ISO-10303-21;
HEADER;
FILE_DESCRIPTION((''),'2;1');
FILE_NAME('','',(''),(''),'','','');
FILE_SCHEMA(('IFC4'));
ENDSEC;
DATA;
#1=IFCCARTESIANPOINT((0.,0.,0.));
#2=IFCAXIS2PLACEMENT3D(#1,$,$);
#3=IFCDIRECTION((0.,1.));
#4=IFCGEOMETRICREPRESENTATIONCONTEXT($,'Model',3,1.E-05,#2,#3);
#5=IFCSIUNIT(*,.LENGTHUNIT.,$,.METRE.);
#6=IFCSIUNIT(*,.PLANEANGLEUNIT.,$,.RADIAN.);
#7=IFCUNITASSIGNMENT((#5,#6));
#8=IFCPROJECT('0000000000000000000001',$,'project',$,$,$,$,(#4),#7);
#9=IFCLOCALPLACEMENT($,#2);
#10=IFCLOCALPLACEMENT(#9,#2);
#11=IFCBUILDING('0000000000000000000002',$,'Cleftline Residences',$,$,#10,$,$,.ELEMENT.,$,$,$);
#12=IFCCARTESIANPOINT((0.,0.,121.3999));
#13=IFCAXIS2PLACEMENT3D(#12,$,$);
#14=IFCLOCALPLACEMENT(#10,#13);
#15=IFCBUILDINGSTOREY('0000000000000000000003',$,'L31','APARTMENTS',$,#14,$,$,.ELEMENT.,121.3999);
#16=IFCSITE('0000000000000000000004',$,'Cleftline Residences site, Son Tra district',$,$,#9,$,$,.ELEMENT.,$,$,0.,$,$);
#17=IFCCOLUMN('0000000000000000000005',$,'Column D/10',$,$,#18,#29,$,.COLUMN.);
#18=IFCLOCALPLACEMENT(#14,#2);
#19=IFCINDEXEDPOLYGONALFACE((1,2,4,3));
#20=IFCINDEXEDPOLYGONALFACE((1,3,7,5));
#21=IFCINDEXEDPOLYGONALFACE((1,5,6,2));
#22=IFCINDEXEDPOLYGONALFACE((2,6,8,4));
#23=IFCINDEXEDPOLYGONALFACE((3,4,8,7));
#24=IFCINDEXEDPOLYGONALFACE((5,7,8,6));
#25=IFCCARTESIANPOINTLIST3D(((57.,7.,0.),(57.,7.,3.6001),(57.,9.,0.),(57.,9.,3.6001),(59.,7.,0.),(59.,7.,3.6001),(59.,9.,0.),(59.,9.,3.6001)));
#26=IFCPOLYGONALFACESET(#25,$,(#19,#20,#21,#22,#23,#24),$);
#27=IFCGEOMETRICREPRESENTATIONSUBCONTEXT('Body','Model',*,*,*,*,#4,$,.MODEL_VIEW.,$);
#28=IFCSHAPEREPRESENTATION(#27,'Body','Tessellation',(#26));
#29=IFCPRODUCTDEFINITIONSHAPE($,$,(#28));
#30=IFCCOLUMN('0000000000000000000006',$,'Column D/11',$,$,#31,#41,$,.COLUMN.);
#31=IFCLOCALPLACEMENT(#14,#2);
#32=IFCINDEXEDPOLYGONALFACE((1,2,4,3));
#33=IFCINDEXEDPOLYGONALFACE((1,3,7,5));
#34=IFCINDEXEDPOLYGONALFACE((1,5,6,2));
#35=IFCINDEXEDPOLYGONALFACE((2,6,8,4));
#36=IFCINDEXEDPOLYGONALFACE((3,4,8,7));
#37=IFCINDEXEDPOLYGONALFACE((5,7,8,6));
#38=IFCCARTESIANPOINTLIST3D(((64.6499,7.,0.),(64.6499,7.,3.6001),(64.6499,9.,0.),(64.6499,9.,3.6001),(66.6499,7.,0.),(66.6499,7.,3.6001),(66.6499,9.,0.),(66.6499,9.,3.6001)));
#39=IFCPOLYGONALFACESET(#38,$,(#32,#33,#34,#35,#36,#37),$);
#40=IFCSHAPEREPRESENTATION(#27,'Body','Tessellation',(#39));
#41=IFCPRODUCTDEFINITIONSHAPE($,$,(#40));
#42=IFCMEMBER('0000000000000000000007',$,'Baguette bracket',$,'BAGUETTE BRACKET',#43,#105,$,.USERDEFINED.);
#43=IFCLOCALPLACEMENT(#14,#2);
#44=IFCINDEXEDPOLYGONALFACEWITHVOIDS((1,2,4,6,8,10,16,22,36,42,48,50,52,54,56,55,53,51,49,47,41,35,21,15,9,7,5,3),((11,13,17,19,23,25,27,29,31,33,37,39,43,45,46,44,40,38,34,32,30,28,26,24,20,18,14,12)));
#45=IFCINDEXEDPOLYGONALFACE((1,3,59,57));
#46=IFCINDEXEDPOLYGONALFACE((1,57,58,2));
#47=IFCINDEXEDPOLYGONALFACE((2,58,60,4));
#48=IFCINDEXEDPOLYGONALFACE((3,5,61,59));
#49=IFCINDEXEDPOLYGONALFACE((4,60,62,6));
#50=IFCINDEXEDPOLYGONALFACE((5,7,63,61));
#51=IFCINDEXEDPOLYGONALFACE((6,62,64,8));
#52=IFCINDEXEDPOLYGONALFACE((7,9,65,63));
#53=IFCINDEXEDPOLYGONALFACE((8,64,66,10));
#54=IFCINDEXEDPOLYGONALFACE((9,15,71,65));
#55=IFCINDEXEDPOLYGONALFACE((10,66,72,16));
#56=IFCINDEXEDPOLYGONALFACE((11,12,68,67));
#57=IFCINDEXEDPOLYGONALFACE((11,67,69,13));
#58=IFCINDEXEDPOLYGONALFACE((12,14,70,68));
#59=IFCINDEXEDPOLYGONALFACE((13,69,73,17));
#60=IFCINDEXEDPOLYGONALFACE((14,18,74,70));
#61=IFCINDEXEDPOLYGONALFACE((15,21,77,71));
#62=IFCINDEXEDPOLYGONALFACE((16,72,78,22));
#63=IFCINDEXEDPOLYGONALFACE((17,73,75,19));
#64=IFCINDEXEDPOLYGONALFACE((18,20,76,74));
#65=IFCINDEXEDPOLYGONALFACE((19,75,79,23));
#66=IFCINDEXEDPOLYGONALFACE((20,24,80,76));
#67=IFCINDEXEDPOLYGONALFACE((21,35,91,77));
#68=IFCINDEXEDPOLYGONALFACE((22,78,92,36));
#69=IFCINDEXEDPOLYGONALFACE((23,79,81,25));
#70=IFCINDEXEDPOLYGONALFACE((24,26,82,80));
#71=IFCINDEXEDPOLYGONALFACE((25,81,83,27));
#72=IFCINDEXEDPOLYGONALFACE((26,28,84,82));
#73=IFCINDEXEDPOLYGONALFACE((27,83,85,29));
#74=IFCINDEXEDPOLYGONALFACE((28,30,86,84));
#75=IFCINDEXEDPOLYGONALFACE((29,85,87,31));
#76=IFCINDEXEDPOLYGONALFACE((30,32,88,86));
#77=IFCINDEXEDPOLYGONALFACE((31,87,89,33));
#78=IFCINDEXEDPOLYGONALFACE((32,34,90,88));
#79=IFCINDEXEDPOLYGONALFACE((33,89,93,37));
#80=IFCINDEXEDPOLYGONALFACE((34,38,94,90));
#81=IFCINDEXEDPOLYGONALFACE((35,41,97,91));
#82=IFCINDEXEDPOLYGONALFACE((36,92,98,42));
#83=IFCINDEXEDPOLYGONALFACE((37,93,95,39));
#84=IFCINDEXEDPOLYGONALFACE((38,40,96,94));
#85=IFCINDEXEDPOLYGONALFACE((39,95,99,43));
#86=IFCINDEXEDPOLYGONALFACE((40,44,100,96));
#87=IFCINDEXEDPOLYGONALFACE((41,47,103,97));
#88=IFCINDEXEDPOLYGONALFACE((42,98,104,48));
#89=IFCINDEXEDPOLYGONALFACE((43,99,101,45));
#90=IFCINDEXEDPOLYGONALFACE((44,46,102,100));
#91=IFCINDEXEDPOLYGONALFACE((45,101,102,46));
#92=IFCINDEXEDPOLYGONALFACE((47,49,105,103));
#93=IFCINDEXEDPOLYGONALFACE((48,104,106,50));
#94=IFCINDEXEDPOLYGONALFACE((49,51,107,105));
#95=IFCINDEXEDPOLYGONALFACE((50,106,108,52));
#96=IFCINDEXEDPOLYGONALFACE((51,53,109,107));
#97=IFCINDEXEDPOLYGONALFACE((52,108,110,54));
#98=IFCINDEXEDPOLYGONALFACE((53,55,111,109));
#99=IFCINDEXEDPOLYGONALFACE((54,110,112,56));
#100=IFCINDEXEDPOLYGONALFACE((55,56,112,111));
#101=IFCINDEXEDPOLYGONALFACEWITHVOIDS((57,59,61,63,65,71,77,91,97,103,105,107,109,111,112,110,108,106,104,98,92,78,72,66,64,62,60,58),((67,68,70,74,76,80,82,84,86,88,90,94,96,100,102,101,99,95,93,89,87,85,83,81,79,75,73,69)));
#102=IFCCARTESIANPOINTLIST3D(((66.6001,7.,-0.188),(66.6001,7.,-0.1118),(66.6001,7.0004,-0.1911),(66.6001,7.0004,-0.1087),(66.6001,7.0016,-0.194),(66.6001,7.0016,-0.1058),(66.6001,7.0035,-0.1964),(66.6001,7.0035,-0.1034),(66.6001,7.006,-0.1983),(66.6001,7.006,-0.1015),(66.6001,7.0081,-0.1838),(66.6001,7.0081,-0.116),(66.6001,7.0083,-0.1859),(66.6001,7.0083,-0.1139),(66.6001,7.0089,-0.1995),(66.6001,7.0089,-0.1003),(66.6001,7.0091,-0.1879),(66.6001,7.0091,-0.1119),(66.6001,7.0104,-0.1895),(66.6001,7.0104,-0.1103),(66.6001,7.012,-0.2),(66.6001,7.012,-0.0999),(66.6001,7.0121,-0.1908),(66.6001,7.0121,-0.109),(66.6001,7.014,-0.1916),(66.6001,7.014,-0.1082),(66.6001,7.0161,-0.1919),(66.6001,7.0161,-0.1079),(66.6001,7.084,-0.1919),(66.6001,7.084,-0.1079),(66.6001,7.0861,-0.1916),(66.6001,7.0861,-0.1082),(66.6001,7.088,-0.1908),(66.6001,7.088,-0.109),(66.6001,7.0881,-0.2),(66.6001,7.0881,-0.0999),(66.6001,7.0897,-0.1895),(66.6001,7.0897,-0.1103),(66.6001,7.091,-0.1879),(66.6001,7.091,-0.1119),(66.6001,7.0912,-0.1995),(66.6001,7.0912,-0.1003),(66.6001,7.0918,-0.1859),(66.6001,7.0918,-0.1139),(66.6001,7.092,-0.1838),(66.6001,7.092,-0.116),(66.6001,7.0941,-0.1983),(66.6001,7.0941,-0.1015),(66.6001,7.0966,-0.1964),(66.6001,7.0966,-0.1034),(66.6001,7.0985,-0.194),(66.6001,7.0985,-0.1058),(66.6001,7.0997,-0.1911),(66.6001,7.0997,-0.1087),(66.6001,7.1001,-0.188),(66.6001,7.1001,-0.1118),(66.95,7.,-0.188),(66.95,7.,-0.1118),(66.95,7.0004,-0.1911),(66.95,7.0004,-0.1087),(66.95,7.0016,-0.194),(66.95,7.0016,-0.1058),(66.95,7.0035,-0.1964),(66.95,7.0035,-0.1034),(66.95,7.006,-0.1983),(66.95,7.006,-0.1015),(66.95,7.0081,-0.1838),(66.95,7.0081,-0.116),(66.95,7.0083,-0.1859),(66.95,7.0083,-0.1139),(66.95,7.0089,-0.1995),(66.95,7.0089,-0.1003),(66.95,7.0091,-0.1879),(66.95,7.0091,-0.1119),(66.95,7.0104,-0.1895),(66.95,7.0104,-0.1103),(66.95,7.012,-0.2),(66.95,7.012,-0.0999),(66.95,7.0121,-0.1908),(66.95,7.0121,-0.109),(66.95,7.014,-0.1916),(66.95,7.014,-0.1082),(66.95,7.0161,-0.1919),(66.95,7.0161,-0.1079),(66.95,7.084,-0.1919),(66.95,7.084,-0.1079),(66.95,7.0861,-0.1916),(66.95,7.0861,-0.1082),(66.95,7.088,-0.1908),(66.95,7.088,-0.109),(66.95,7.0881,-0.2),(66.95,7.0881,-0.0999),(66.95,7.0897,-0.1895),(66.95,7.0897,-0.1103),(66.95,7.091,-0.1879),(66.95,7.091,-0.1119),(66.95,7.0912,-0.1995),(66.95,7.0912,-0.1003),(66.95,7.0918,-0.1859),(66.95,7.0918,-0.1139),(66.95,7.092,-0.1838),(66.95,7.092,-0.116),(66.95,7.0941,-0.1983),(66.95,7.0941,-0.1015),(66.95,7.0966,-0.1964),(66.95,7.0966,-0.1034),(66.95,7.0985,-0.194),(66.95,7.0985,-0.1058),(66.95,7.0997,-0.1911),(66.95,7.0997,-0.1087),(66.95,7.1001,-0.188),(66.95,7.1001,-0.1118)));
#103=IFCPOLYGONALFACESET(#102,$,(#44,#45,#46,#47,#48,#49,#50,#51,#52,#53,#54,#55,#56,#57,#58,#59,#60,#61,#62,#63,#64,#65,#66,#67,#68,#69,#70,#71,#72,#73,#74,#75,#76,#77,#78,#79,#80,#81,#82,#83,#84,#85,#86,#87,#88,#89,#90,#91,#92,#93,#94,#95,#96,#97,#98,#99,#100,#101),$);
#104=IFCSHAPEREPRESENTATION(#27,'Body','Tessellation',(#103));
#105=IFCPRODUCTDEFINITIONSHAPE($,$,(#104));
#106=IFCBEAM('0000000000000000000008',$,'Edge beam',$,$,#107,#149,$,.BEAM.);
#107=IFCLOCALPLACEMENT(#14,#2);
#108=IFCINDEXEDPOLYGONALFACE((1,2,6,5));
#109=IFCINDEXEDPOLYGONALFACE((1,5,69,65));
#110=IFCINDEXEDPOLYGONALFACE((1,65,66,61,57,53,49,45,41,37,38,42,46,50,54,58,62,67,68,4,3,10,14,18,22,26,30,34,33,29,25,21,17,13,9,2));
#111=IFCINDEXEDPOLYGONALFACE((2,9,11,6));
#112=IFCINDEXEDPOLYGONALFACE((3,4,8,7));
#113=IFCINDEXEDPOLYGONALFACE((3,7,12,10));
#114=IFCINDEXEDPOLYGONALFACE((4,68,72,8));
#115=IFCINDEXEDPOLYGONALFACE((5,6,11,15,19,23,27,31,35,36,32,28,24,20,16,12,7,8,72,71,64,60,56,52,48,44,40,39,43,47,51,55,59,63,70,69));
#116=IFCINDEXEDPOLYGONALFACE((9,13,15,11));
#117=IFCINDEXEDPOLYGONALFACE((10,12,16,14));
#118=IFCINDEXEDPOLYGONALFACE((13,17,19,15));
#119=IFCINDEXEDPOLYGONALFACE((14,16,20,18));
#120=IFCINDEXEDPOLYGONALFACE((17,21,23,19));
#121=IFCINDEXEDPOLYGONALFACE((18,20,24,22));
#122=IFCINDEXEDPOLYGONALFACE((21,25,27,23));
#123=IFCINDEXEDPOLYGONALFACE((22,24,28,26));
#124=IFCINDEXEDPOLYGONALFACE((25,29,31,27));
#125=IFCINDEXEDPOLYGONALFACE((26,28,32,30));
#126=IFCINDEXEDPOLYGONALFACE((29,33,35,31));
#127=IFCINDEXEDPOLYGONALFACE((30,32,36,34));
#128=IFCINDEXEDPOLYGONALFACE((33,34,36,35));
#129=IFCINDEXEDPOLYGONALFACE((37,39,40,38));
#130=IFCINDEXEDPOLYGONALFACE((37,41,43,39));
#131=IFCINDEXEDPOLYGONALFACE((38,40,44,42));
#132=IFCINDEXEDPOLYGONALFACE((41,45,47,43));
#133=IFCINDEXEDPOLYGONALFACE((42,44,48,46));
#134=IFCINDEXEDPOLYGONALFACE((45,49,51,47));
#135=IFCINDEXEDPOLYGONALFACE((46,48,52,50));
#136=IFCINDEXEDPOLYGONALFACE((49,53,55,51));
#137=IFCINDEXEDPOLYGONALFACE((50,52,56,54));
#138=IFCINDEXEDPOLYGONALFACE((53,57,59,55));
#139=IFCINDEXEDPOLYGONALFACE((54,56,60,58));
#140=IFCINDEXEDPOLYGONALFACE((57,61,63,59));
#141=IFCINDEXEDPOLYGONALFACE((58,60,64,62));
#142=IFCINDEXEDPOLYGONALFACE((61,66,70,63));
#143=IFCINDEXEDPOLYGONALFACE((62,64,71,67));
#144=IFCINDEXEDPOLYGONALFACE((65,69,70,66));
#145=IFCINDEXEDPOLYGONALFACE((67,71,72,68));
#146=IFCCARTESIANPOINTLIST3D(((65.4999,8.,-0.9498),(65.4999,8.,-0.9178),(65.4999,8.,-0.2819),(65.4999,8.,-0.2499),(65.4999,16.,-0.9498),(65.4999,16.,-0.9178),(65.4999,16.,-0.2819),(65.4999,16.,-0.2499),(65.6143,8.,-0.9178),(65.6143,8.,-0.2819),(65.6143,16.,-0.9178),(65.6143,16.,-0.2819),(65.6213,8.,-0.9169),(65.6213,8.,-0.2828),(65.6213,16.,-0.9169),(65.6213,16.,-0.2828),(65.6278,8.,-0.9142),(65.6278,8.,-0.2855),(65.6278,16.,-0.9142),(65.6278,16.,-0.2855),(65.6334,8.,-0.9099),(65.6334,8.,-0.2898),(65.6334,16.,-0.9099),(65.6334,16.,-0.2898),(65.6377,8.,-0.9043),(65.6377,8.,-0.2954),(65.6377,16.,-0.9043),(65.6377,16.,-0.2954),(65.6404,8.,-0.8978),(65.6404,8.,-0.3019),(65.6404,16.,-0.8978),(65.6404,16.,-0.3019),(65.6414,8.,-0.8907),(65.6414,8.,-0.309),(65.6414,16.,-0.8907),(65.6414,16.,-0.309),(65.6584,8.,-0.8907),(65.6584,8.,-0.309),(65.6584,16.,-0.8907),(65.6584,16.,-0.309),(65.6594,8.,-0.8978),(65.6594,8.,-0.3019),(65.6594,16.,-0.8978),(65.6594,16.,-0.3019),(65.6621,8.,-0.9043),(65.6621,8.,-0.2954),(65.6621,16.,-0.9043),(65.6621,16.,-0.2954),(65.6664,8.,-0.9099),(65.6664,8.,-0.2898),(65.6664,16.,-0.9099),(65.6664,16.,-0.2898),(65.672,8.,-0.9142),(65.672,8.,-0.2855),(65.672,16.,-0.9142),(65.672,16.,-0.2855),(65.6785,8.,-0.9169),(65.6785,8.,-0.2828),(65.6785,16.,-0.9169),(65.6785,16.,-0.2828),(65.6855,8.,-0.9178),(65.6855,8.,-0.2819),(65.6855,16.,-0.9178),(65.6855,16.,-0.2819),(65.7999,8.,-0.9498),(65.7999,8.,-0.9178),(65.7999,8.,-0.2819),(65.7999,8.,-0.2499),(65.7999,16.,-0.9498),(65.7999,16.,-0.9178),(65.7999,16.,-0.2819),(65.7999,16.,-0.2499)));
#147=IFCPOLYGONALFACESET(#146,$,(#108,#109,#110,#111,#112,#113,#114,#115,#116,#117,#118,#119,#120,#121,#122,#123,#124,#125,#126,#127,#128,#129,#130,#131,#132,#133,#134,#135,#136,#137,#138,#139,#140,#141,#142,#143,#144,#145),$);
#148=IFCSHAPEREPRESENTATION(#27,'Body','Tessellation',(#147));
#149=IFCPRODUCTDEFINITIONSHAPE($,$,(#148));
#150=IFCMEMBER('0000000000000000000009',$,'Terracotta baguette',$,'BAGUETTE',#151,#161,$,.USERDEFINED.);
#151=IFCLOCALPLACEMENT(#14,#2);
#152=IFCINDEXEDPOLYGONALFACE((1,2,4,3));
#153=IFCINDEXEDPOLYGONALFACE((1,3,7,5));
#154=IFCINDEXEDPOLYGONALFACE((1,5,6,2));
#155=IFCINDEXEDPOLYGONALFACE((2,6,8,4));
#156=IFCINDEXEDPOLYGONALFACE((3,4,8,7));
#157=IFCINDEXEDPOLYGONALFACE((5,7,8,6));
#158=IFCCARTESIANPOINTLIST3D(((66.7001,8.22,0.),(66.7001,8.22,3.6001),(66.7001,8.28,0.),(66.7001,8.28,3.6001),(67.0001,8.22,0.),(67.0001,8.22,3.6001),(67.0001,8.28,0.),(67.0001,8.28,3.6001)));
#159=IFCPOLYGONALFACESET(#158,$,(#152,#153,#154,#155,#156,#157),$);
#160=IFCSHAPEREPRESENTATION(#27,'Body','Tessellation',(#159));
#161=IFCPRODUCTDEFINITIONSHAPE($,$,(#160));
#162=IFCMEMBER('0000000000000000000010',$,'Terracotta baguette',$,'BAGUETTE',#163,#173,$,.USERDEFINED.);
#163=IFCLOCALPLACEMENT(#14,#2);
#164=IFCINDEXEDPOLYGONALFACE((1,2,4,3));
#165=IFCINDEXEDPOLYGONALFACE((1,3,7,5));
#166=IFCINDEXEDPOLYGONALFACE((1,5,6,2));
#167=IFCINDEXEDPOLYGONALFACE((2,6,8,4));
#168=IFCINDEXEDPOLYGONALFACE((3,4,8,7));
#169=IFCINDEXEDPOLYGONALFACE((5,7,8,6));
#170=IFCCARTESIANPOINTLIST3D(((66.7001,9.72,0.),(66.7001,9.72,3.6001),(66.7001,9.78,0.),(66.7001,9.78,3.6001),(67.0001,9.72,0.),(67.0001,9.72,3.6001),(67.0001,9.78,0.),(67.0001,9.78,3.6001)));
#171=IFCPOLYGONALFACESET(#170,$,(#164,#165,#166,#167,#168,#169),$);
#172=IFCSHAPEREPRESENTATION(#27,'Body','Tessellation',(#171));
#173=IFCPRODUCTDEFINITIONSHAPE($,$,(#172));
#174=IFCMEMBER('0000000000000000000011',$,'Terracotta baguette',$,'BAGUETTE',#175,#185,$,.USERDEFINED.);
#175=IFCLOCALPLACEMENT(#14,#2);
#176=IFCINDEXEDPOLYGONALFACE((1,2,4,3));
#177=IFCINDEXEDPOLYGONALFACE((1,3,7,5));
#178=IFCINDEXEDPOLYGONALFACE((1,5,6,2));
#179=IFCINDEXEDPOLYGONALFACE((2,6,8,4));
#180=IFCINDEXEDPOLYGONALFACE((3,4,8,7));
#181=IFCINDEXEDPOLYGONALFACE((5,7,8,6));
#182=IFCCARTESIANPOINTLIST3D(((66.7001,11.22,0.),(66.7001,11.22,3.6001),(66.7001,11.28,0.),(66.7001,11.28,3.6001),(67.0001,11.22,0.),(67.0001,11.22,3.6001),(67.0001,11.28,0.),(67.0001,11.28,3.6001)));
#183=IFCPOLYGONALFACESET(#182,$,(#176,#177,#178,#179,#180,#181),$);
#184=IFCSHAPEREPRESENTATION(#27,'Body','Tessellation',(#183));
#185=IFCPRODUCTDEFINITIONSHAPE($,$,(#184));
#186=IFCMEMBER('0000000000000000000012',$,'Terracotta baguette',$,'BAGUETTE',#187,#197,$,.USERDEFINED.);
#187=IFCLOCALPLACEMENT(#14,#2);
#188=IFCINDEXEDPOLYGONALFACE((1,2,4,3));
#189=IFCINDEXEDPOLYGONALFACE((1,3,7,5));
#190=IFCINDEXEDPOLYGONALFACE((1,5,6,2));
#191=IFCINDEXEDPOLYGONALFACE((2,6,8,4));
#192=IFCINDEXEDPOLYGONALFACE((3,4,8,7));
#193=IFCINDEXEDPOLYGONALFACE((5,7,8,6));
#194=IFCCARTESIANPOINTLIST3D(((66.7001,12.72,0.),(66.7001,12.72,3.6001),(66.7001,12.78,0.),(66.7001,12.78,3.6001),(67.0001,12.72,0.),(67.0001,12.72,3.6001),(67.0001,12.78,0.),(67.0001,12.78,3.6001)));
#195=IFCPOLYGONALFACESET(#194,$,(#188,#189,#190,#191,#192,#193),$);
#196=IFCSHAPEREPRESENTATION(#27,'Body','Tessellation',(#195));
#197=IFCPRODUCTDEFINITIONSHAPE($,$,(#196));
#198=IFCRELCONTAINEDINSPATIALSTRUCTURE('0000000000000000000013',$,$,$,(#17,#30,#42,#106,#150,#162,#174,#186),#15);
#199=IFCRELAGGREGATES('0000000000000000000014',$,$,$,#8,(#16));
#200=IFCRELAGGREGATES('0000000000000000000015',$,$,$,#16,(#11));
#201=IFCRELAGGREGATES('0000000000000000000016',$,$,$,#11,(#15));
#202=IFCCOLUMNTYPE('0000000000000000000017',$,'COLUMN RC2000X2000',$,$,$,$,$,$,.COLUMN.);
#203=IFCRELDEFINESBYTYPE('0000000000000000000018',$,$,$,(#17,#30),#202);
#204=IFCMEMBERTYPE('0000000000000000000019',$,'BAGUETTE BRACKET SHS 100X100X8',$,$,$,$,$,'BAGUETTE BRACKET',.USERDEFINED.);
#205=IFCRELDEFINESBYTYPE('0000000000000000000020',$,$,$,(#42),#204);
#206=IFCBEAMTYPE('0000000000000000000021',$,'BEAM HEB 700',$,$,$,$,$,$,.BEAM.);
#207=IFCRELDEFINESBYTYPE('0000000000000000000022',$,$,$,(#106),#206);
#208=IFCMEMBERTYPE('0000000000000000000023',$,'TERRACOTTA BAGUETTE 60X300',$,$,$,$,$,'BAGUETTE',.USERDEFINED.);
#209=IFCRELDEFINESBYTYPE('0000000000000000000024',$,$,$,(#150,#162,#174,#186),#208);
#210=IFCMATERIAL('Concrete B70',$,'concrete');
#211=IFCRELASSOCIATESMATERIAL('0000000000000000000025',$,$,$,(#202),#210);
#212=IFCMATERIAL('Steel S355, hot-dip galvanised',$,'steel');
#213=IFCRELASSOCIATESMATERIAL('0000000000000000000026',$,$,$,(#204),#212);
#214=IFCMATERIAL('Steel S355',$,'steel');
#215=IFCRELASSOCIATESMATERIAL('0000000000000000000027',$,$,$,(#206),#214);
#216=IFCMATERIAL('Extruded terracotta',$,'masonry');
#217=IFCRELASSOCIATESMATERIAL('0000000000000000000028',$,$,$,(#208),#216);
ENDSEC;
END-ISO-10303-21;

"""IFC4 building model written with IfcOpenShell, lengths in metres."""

from ifc_helpers import new_model, si_unit, direction, frame, origin, origin_2d, place, context, subcontext, project, spatial, rectangle, hollow_rectangle, i_section, extrude, material, material_profile, profile_set, type_object, element, save


model = new_model("IFC4")

# Units and contexts
model_context = context("Model", 3, precision=1e-05, world=origin(), true_north=direction((0.0, 1.0)))
body_context = subcontext(model_context, "Body", "Model", "MODEL_VIEW")
ifc_project = project(units=[si_unit("LENGTHUNIT", "METRE"), si_unit("PLANEANGLEUNIT", "RADIAN")], contexts=[model_context])

# Site, building, storey
site_placement = place(None, origin())
site = spatial("IfcSite", under=ifc_project, at=site_placement, Name="Cleftline Residences site, Son Tra district", CompositionType="ELEMENT", RefElevation=0.0)
building_placement = place(site_placement, origin())
building = spatial("IfcBuilding", under=site, at=building_placement, Name="Cleftline Residences", CompositionType="ELEMENT")
storey_placement = place(building_placement, frame((0.0, 0.0, 121.3999)))
storey = spatial("IfcBuildingStorey", under=building, at=storey_placement, Name="L31", Description="APARTMENTS", CompositionType="ELEMENT", Elevation=121.3999)

# Columns
ifc_material_1 = material(Name="Concrete B70", Category="concrete")
ifc_material_profile_1 = material_profile(ifc_material_1, rectangle(XDim=2.0, YDim=2.0, at=origin_2d()))
ifc_profile_set_1 = profile_set([ifc_material_profile_1], Name="Concrete B70")
column_type = type_object("IfcColumnType", Name="COLUMN RC2000X2000", PredefinedType="COLUMN", material=ifc_profile_set_1)
for number, where, z_axis, x_axis, name in (
    (1, (58.0, 8.0, 0.0), (0.0, 0.0, 1.0), (1.0, 0.0, 0.0), "Column D/10"),
    (2, (65.6499, 8.0, 0.0), (0.0, 0.0, 1.0), (1.0, 0.0, 0.0), "Column D/11"),
):
    element("IfcColumn", number, at=place(storey_placement, frame(where, z_axis=z_axis, x_axis=x_axis)), inside=storey, type_object=column_type, Name=name, PredefinedType="COLUMN", context=body_context, shape_type="SweptSolid", body=[
        extrude(rectangle(XDim=2.0, YDim=2.0, at=origin_2d()), origin(), (0.0, 0.0, 1.0), 3.6001),
    ])

# Member
ifc_material_2 = material(Name="Steel S355, hot-dip galvanised", Category="steel")
ifc_material_profile_2 = material_profile(ifc_material_2, hollow_rectangle(XDim=0.1001, YDim=0.1001, WallThickness=0.0081, InnerFilletRadius=0.0081, OuterFilletRadius=0.012, at=origin_2d()))
ifc_profile_set_2 = profile_set([ifc_material_profile_2], Name="Steel S355, hot-dip galvanised")
member_type_1 = type_object("IfcMemberType", Name="BAGUETTE BRACKET SHS 100X100X8", ElementType="BAGUETTE BRACKET", PredefinedType="USERDEFINED", material=ifc_profile_set_2)
member_placement = place(storey_placement, frame((66.6001, 7.05, -0.1499), z_axis=(1.0, 0.0, 0.0), x_axis=(0.0, 1.0, 0.0)))
element("IfcMember", 3, at=member_placement, inside=storey, type_object=member_type_1, Name="Baguette bracket", ObjectType="BAGUETTE BRACKET", PredefinedType="USERDEFINED", context=body_context, shape_type="SweptSolid", body=[
    extrude(hollow_rectangle(XDim=0.1001, YDim=0.1001, WallThickness=0.0081, InnerFilletRadius=0.0081, OuterFilletRadius=0.012, at=origin_2d()), origin(), (0.0, 0.0, 1.0), 0.3499),
])

# Beam
ifc_material_3 = material(Name="Steel S355", Category="steel")
ifc_material_profile_3 = material_profile(ifc_material_3, i_section(OverallWidth=0.3, OverallDepth=0.7, WebThickness=0.0171, FlangeThickness=0.032, FilletRadius=0.0271, at=origin_2d()))
ifc_profile_set_3 = profile_set([ifc_material_profile_3], Name="Steel S355")
beam_type = type_object("IfcBeamType", Name="BEAM HEB 700", PredefinedType="BEAM", material=ifc_profile_set_3)
beam_placement = place(storey_placement, frame((65.6499, 8.0, -0.5999), z_axis=(0.0, 1.0, 0.0), x_axis=(-1.0, 0.0, 0.0)))
element("IfcBeam", 4, at=beam_placement, inside=storey, type_object=beam_type, Name="Edge beam", PredefinedType="BEAM", context=body_context, shape_type="SweptSolid", body=[
    extrude(i_section(OverallWidth=0.3, OverallDepth=0.7, WebThickness=0.0171, FlangeThickness=0.032, FilletRadius=0.0271, at=origin_2d()), origin(), (0.0, 0.0, 1.0), 8.0),
])

# Members
ifc_material_4 = material(Name="Extruded terracotta", Category="masonry")
ifc_material_profile_4 = material_profile(ifc_material_4, rectangle(XDim=0.0601, YDim=0.3, at=origin_2d()))
ifc_profile_set_4 = profile_set([ifc_material_profile_4], Name="Extruded terracotta")
member_type_2 = type_object("IfcMemberType", Name="TERRACOTTA BAGUETTE 60X300", ElementType="BAGUETTE", PredefinedType="USERDEFINED", material=ifc_profile_set_4)
for number, where, z_axis, x_axis, name in (
    (5, (66.8501, 8.25, 0.0), (0.0, 0.0, 1.0), (0.0, 1.0, 0.0), "Terracotta baguette"),
    (6, (66.8501, 9.75, 0.0), (0.0, 0.0, 1.0), (0.0, 1.0, 0.0), "Terracotta baguette"),
    (7, (66.8501, 11.25, 0.0), (0.0, 0.0, 1.0), (0.0, 1.0, 0.0), "Terracotta baguette"),
    (8, (66.8501, 12.75, 0.0), (0.0, 0.0, 1.0), (0.0, 1.0, 0.0), "Terracotta baguette"),
):
    element("IfcMember", number, at=place(storey_placement, frame(where, z_axis=z_axis, x_axis=x_axis)), inside=storey, type_object=member_type_2, Name=name, ObjectType="BAGUETTE", PredefinedType="USERDEFINED", context=body_context, shape_type="SweptSolid", body=[
        extrude(rectangle(XDim=0.0601, YDim=0.3, at=origin_2d()), origin(), (0.0, 0.0, 1.0), 3.6001),
    ])

save(model, "model.ifc")
